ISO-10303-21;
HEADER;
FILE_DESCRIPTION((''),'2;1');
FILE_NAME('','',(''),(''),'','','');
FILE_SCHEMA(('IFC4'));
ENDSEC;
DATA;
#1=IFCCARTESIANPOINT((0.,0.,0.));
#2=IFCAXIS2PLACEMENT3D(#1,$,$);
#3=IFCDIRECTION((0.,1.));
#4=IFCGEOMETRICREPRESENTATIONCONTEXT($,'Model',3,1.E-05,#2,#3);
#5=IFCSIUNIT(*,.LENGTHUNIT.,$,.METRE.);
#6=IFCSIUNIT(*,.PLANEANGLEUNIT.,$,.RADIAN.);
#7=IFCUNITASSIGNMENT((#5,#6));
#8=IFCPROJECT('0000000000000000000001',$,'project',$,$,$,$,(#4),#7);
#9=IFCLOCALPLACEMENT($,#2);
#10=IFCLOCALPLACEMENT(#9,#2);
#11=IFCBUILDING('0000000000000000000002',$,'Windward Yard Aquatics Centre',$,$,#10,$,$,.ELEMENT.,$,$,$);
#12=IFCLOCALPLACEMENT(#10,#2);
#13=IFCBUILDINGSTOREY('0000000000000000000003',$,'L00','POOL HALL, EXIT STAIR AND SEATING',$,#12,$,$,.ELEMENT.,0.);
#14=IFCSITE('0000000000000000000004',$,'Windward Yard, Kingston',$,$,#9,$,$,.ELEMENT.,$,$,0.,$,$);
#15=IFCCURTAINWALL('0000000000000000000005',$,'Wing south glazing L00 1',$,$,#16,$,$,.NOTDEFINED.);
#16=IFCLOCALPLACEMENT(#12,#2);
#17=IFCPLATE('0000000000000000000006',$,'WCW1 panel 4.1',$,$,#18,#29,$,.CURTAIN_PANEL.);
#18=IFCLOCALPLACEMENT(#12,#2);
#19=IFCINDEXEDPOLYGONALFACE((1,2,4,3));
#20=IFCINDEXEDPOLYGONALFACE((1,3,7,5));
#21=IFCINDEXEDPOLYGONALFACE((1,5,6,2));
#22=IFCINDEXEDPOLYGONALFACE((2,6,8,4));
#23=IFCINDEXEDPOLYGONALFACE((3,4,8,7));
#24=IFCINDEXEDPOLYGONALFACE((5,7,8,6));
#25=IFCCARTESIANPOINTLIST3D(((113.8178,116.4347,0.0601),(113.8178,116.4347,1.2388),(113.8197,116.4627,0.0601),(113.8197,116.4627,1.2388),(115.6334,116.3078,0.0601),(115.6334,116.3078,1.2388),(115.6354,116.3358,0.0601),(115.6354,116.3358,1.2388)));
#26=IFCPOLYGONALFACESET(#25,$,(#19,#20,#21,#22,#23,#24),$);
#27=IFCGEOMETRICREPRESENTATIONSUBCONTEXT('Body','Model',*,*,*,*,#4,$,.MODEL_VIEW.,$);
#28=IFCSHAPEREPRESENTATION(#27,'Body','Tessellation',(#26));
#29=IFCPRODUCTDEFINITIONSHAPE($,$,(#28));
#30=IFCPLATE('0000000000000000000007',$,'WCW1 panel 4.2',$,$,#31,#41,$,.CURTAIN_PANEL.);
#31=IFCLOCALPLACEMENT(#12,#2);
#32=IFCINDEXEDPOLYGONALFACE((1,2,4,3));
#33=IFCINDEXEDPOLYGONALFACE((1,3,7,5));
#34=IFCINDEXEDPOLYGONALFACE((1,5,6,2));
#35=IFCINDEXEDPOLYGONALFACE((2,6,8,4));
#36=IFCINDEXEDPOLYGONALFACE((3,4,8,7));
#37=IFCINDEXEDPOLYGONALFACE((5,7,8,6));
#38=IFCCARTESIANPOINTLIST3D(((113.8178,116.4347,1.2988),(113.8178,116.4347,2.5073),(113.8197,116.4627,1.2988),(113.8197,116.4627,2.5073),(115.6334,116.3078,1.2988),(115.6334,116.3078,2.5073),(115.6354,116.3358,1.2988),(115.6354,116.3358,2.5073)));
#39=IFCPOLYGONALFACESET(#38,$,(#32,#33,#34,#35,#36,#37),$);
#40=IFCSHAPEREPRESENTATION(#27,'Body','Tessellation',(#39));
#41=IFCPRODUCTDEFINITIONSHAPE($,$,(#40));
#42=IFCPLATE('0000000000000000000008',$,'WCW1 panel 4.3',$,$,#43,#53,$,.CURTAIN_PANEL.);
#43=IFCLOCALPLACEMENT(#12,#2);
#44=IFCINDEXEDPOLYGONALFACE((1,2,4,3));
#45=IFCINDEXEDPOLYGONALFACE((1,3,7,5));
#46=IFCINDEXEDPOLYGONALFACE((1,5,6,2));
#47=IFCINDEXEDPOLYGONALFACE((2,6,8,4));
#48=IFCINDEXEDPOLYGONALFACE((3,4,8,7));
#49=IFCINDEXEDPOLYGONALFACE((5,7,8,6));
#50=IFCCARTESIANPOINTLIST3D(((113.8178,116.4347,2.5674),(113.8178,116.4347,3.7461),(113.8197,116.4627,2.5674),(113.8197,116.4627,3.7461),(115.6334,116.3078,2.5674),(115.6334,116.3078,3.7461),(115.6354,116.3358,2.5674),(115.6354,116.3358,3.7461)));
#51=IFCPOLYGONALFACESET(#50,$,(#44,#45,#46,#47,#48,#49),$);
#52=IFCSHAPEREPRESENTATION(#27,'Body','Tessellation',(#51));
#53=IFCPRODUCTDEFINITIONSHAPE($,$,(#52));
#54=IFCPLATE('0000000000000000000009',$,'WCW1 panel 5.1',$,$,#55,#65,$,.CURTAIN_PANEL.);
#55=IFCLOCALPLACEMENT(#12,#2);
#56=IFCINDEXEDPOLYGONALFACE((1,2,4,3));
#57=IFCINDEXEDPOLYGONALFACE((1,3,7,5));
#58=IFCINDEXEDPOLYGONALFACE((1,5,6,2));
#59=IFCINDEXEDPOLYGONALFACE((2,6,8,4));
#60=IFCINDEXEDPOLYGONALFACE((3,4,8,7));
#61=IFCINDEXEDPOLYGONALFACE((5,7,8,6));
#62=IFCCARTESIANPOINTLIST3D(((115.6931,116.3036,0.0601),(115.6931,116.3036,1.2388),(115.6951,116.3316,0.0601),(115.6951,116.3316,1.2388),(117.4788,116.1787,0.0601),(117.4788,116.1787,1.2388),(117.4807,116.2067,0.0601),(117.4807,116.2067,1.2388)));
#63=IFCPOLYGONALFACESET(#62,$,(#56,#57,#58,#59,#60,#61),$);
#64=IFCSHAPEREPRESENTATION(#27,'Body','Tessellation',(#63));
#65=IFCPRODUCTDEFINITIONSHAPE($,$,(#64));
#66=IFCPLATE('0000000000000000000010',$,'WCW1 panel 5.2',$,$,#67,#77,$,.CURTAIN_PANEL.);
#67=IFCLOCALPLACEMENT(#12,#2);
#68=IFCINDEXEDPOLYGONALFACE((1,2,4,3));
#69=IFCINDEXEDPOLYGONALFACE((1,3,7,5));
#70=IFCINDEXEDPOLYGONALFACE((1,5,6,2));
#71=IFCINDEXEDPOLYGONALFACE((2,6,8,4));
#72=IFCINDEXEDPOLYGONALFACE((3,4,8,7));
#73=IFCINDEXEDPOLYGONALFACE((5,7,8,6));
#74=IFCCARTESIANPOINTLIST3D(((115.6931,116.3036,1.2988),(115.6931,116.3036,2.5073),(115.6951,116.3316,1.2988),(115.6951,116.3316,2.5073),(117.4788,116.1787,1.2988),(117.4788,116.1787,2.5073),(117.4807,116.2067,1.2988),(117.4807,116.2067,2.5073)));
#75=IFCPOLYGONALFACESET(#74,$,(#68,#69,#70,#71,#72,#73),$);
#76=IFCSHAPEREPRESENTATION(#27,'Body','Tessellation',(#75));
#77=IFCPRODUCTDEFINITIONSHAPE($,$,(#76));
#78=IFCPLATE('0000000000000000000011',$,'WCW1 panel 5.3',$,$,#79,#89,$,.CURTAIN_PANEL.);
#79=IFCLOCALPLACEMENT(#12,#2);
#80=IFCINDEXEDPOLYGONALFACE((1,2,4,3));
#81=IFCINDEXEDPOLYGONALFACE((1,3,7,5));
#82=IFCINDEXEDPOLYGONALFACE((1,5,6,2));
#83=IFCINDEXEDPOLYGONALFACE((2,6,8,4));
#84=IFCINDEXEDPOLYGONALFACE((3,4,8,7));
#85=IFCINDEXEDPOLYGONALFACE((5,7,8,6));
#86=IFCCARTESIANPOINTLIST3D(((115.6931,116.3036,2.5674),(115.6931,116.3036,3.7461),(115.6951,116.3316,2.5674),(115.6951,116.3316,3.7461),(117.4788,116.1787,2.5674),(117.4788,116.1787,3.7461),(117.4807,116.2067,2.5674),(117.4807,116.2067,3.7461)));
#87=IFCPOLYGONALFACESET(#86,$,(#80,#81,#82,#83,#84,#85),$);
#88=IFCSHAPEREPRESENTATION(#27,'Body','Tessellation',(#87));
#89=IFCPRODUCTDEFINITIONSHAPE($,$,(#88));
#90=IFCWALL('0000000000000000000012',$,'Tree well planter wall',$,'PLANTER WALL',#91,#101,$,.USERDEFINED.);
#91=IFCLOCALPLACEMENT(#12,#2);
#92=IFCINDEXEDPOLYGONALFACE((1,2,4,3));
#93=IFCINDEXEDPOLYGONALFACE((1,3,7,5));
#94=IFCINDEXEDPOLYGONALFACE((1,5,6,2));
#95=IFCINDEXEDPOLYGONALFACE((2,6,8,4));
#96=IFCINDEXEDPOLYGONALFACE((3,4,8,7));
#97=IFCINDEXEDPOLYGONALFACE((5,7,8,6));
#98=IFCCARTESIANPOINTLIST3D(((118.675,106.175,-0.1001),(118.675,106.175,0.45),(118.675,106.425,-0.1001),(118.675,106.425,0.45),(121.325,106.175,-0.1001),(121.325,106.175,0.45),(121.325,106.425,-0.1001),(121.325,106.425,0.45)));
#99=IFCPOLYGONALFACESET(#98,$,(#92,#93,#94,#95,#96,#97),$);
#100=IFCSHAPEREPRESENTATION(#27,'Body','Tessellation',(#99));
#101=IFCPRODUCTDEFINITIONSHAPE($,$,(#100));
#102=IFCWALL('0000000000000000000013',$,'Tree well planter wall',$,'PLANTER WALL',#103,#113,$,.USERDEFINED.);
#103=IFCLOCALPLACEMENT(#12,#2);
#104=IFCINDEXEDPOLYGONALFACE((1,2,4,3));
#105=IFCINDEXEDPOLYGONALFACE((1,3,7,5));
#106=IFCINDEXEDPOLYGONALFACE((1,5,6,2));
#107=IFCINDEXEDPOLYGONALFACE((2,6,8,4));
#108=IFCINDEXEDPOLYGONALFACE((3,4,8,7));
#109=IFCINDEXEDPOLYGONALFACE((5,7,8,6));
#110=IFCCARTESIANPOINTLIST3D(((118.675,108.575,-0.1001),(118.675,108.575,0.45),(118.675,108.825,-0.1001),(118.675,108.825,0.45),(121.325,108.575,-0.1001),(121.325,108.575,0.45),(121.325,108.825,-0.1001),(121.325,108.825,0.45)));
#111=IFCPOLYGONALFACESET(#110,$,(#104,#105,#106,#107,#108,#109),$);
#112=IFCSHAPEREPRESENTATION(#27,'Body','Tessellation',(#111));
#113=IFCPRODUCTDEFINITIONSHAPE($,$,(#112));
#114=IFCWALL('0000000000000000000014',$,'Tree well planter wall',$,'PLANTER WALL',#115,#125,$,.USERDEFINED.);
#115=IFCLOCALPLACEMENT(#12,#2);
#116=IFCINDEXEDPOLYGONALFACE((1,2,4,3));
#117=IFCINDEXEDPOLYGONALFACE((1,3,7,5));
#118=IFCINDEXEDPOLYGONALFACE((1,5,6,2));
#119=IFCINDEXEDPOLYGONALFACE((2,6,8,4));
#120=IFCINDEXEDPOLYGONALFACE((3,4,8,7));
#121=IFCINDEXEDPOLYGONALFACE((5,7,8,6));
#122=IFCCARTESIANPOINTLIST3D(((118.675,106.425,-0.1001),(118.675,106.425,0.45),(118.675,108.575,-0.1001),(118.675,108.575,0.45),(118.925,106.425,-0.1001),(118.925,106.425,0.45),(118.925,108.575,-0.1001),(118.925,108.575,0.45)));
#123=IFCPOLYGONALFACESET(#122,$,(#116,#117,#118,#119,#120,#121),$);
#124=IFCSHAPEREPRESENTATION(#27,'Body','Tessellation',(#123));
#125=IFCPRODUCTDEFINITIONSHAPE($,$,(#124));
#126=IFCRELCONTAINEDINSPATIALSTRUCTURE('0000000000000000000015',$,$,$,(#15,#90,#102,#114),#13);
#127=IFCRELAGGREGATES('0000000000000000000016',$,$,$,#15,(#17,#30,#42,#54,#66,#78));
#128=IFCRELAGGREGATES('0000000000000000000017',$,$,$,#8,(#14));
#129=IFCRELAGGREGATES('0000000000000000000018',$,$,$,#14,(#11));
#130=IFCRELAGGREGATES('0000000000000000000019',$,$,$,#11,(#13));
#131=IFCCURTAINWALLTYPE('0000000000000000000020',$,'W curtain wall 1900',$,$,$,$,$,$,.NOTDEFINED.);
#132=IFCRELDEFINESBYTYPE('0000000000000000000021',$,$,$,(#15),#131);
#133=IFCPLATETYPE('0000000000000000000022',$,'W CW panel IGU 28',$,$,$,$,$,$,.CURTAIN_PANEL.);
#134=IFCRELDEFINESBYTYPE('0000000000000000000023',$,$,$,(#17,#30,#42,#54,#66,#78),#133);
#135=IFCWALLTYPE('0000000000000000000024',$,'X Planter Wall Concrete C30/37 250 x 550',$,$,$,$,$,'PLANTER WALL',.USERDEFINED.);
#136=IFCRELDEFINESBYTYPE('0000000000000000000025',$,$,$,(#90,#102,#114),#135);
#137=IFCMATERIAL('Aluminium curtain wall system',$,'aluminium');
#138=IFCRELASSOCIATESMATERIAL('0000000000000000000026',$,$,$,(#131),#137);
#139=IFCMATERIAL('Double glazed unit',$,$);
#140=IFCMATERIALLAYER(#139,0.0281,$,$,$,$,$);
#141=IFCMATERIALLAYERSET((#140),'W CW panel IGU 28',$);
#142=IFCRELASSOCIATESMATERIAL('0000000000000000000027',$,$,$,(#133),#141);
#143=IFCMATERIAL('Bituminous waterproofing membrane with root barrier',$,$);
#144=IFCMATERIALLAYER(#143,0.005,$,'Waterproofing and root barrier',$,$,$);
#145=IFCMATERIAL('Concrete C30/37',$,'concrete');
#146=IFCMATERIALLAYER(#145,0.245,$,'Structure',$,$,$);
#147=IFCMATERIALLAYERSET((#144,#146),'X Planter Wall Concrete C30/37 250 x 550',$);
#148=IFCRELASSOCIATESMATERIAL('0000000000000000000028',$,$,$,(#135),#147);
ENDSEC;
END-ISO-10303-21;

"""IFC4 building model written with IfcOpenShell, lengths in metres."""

from ifc_helpers import new_model, si_unit, direction, frame, frame_2d, origin, origin_2d, place, context, subcontext, project, spatial, rectangle, extrude, material, layer, layer_set, type_object, element, aggregate, save


model = new_model("IFC4")

# Units and contexts
model_context = context("Model", 3, precision=1e-05, world=origin(), true_north=direction((0.0, 1.0)))
body_context = subcontext(model_context, "Body", "Model", "MODEL_VIEW")
ifc_project = project(units=[si_unit("LENGTHUNIT", "METRE"), si_unit("PLANEANGLEUNIT", "RADIAN")], contexts=[model_context])

# Site, building, storey
site_placement = place(None, origin())
site = spatial("IfcSite", under=ifc_project, at=site_placement, Name="Windward Yard, Kingston", CompositionType="ELEMENT", RefElevation=0.0)
building_placement = place(site_placement, origin())
building = spatial("IfcBuilding", under=site, at=building_placement, Name="Windward Yard Aquatics Centre", CompositionType="ELEMENT")
storey_placement = place(building_placement, origin())
storey = spatial("IfcBuildingStorey", under=building, at=storey_placement, Name="L00", Description="POOL HALL, EXIT STAIR AND SEATING", CompositionType="ELEMENT", Elevation=0.0)

# Curtain wall, plates
ifc_material_1 = material(Name="Aluminium curtain wall system", Category="aluminium")
curtain_wall_type = type_object("IfcCurtainWallType", Name="W curtain wall 1900", PredefinedType="NOTDEFINED", material=ifc_material_1)
curtain_wall_placement = place(storey_placement, origin())
curtain_wall = element("IfcCurtainWall", 1, at=curtain_wall_placement, inside=storey, type_object=curtain_wall_type, Name="Wing south glazing L00 1", PredefinedType="NOTDEFINED")
ifc_material_2 = material(Name="Double glazed unit")
ifc_layer_1 = layer(ifc_material_2, 0.0281)
ifc_layer_set_1 = layer_set([ifc_layer_1], Name="W CW panel IGU 28")
plate_type = type_object("IfcPlateType", Name="W CW panel IGU 28", PredefinedType="CURTAIN_PANEL", material=ifc_layer_set_1)
plate_1_placement = place(storey_placement, frame((114.7266, 116.3853, 0.0601), z_axis=(0.0, 0.0, 1.0), x_axis=(0.997564, -0.069755, 0.0)))
plate_1 = element("IfcPlate", 2, at=plate_1_placement, type_object=plate_type, Name="WCW1 panel 4.1", PredefinedType="CURTAIN_PANEL", context=body_context, shape_type="SweptSolid", body=[
    extrude(rectangle(XDim=1.8201, YDim=0.0281, at=origin_2d()), origin(), (0.0, 0.0, 1.0), 1.1787),
])
plate_2_placement = place(storey_placement, frame((114.7266, 116.3853, 1.2988), z_axis=(0.0, 0.0, 1.0), x_axis=(0.997564, -0.069755, 0.0)))
plate_2 = element("IfcPlate", 3, at=plate_2_placement, type_object=plate_type, Name="WCW1 panel 4.2", PredefinedType="CURTAIN_PANEL", context=body_context, shape_type="SweptSolid", body=[
    extrude(rectangle(XDim=1.8201, YDim=0.0281, at=origin_2d()), origin(), (0.0, 0.0, 1.0), 1.2085),
])
plate_3_placement = place(storey_placement, frame((114.7266, 116.3853, 2.5674), z_axis=(0.0, 0.0, 1.0), x_axis=(0.997564, -0.069755, 0.0)))
plate_3 = element("IfcPlate", 4, at=plate_3_placement, type_object=plate_type, Name="WCW1 panel 4.3", PredefinedType="CURTAIN_PANEL", context=body_context, shape_type="SweptSolid", body=[
    extrude(rectangle(XDim=1.8201, YDim=0.0281, at=origin_2d()), origin(), (0.0, 0.0, 1.0), 1.1787),
])
plate_4_placement = place(storey_placement, frame((116.5869, 116.2551, 0.0601), z_axis=(0.0, 0.0, 1.0), x_axis=(0.997564, -0.069755, 0.0)))
plate_4 = element("IfcPlate", 5, at=plate_4_placement, type_object=plate_type, Name="WCW1 panel 5.1", PredefinedType="CURTAIN_PANEL", context=body_context, shape_type="SweptSolid", body=[
    extrude(rectangle(XDim=1.79, YDim=0.0281, at=origin_2d()), origin(), (0.0, 0.0, 1.0), 1.1787),
])
plate_5_placement = place(storey_placement, frame((116.5869, 116.2551, 1.2988), z_axis=(0.0, 0.0, 1.0), x_axis=(0.997564, -0.069755, 0.0)))
plate_5 = element("IfcPlate", 6, at=plate_5_placement, type_object=plate_type, Name="WCW1 panel 5.2", PredefinedType="CURTAIN_PANEL", context=body_context, shape_type="SweptSolid", body=[
    extrude(rectangle(XDim=1.79, YDim=0.0281, at=origin_2d()), origin(), (0.0, 0.0, 1.0), 1.2085),
])
plate_6_placement = place(storey_placement, frame((116.5869, 116.2551, 2.5674), z_axis=(0.0, 0.0, 1.0), x_axis=(0.997564, -0.069755, 0.0)))
plate_6 = element("IfcPlate", 7, at=plate_6_placement, type_object=plate_type, Name="WCW1 panel 5.3", PredefinedType="CURTAIN_PANEL", context=body_context, shape_type="SweptSolid", body=[
    extrude(rectangle(XDim=1.79, YDim=0.0281, at=origin_2d()), origin(), (0.0, 0.0, 1.0), 1.1787),
])
aggregate(curtain_wall, [plate_1, plate_2, plate_3, plate_4, plate_5, plate_6])

# Walls
ifc_material_3 = material(Name="Bituminous waterproofing membrane with root barrier")
ifc_layer_2 = layer(ifc_material_3, 0.005, Name="Waterproofing and root barrier")
ifc_material_4 = material(Name="Concrete C30/37", Category="concrete")
ifc_layer_3 = layer(ifc_material_4, 0.245, Name="Structure")
ifc_layer_set_2 = layer_set([ifc_layer_2, ifc_layer_3], Name="X Planter Wall Concrete C30/37 250 x 550")
wall_type_1 = type_object("IfcWallType", Name="X Planter Wall Concrete C30/37 250 x 550", ElementType="PLANTER WALL", PredefinedType="USERDEFINED", material=ifc_layer_set_2)
for number, where, z_axis, x_axis, name in (
    (8, (118.675, 106.3, -0.1001), (0.0, 0.0, 1.0), (1.0, 0.0, 0.0), "Tree well planter wall"),
    (9, (118.675, 108.7, -0.1001), (0.0, 0.0, 1.0), (1.0, 0.0, 0.0), "Tree well planter wall"),
):
    element("IfcWall", number, at=place(storey_placement, frame(where, z_axis=z_axis, x_axis=x_axis)), inside=storey, type_object=wall_type_1, Name=name, ObjectType="PLANTER WALL", PredefinedType="USERDEFINED", context=body_context, shape_type="SweptSolid", body=[
        extrude(rectangle(XDim=2.6499, YDim=0.25, at=frame_2d((1.325, 0.0))), origin(), (0.0, 0.0, 1.0), 0.55),
    ])
wall_1_placement = place(storey_placement, frame((118.8, 106.425, -0.1001), z_axis=(0.0, 0.0, 1.0), x_axis=(0.0, 1.0, 0.0)))
element("IfcWall", 10, at=wall_1_placement, inside=storey, type_object=wall_type_1, Name="Tree well planter wall", ObjectType="PLANTER WALL", PredefinedType="USERDEFINED", context=body_context, shape_type="SweptSolid", body=[
    extrude(rectangle(XDim=2.1499, YDim=0.25, at=frame_2d((1.075, 0.0))), origin(), (0.0, 0.0, 1.0), 0.55),
])

save(model, "model.ifc")
